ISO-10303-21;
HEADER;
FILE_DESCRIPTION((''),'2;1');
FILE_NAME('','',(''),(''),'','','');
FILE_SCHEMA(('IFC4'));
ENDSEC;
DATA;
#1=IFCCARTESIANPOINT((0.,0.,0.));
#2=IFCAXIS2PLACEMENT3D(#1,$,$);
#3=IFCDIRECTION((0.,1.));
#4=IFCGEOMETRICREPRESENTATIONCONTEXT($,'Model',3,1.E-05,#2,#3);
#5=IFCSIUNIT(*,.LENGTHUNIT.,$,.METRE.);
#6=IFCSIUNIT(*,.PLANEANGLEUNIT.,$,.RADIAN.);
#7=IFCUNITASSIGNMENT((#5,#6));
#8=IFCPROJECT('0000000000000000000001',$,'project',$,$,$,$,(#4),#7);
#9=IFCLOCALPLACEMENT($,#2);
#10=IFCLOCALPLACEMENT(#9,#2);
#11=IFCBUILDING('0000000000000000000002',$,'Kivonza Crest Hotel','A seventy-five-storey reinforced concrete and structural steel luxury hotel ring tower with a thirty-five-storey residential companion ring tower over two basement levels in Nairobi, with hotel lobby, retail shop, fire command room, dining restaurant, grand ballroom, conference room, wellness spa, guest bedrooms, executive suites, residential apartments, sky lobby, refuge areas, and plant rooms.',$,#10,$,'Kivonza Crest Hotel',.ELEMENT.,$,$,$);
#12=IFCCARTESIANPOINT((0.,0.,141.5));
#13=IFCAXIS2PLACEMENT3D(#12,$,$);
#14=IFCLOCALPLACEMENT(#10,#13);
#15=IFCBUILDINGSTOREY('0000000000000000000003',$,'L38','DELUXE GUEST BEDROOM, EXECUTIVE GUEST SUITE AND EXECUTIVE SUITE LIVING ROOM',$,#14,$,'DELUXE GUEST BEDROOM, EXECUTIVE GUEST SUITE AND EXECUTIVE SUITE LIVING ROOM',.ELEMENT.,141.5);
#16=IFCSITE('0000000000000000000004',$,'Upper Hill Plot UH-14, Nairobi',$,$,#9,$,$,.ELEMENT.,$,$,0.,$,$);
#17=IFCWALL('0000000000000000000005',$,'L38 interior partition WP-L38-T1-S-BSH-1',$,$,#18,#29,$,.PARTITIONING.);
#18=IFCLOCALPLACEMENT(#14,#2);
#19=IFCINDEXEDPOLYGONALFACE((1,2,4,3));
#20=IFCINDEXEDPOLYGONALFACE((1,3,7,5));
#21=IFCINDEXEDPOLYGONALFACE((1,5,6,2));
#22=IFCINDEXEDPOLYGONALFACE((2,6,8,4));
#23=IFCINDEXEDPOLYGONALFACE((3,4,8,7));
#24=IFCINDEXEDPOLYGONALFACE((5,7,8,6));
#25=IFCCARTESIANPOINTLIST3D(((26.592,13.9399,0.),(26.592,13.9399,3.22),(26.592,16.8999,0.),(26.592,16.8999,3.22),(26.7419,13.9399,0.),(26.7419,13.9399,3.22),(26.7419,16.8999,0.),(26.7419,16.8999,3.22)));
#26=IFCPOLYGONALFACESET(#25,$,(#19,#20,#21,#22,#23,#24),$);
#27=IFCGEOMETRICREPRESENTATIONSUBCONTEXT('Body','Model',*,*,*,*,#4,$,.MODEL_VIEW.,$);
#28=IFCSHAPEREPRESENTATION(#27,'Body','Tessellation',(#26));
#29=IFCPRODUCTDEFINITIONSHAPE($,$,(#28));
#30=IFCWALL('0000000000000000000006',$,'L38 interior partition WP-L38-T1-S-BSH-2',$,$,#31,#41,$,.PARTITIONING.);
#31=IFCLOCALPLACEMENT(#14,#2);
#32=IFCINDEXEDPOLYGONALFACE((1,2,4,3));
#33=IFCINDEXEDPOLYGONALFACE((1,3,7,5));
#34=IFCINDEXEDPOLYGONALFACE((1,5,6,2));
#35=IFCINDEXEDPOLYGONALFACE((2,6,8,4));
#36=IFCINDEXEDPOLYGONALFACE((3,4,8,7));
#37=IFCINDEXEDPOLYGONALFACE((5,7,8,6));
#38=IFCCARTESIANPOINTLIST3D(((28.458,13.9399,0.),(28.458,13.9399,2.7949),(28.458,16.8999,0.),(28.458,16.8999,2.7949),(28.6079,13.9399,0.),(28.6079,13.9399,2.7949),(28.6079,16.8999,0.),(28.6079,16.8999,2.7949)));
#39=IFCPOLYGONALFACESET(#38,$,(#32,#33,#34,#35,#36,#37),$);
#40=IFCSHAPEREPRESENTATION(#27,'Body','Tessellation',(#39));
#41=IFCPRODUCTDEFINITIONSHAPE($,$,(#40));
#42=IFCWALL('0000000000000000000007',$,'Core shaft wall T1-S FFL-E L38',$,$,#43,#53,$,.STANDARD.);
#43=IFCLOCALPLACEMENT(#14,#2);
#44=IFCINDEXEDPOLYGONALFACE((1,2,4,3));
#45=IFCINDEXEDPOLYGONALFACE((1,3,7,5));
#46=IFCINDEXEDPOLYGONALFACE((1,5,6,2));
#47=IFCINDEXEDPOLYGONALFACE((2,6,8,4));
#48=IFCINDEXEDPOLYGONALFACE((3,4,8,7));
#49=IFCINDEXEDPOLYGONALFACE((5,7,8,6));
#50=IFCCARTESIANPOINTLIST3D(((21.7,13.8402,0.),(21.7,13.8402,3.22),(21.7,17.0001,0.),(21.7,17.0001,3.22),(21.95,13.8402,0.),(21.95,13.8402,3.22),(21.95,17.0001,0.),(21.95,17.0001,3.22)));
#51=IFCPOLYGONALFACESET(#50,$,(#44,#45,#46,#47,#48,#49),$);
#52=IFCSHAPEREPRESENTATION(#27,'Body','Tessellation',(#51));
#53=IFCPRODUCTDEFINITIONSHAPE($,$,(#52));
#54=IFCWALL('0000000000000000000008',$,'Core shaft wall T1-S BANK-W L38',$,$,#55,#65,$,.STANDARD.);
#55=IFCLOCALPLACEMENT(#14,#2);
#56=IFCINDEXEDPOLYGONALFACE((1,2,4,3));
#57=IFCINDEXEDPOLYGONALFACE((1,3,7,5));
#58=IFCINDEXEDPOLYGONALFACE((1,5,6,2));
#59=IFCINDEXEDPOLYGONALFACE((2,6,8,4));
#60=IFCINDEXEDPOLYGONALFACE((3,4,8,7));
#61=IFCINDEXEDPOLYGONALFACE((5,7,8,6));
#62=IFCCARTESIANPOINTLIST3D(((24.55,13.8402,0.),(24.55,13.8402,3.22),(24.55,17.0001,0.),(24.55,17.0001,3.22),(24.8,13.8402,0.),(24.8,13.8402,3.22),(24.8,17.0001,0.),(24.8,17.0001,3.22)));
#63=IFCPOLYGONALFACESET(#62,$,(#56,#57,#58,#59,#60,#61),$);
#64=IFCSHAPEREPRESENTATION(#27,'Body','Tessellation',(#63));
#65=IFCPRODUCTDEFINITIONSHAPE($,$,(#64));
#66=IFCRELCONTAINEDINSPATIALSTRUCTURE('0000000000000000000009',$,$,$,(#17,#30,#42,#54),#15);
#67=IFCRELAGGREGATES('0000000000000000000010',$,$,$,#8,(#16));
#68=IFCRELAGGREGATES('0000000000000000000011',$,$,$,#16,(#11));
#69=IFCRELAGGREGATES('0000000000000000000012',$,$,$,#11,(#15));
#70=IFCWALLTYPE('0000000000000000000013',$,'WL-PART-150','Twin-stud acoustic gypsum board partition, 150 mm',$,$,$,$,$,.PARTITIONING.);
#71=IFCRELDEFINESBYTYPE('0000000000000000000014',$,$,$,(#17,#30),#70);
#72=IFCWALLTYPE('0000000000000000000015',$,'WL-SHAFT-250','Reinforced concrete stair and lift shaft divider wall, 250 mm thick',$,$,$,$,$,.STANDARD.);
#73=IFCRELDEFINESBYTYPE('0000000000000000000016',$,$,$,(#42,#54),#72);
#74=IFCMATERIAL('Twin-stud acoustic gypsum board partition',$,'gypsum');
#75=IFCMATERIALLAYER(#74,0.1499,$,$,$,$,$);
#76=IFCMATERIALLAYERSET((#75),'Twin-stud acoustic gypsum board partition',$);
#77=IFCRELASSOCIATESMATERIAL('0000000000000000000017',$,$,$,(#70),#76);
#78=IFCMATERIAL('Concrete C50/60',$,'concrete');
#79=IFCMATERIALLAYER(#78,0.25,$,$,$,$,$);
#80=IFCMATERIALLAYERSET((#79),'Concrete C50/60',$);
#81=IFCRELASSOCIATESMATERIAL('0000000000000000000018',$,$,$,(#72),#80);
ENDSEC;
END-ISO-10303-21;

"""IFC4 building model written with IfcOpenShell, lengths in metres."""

from ifc_helpers import new_model, si_unit, direction, frame, frame_2d, origin, place, context, subcontext, project, spatial, rectangle, extrude, material, layer, layer_set, type_object, element, save


model = new_model("IFC4")

# Units and contexts
model_context = context("Model", 3, precision=1e-05, world=origin(), true_north=direction((0.0, 1.0)))
body_context = subcontext(model_context, "Body", "Model", "MODEL_VIEW")
ifc_project = project(units=[si_unit("LENGTHUNIT", "METRE"), si_unit("PLANEANGLEUNIT", "RADIAN")], contexts=[model_context])

# Site, building, storey
site_placement = place(None, origin())
site = spatial("IfcSite", under=ifc_project, at=site_placement, Name="Upper Hill Plot UH-14, Nairobi", CompositionType="ELEMENT", RefElevation=0.0)
building_placement = place(site_placement, origin())
building = spatial("IfcBuilding", under=site, at=building_placement, Name="Kivonza Crest Hotel", Description="A seventy-five-storey reinforced concrete and structural steel luxury hotel ring tower with a thirty-five-storey residential companion ring tower over two basement levels in Nairobi, with hotel lobby, retail shop, fire command room, dining restaurant, grand ballroom, conference room, wellness spa, guest bedrooms, executive suites, residential apartments, sky lobby, refuge areas, and plant rooms.", LongName="Kivonza Crest Hotel", CompositionType="ELEMENT")
storey_placement = place(building_placement, frame((0.0, 0.0, 141.5)))
storey = spatial("IfcBuildingStorey", under=building, at=storey_placement, Name="L38", Description="DELUXE GUEST BEDROOM, EXECUTIVE GUEST SUITE AND EXECUTIVE SUITE LIVING ROOM", LongName="DELUXE GUEST BEDROOM, EXECUTIVE GUEST SUITE AND EXECUTIVE SUITE LIVING ROOM", CompositionType="ELEMENT", Elevation=141.5)

# Shared definitions
ifc_material_1 = material(Name="Concrete C50/60", Category="concrete")

# Walls
ifc_material_2 = material(Name="Twin-stud acoustic gypsum board partition", Category="gypsum")
ifc_layer_1 = layer(ifc_material_2, 0.1499)
ifc_layer_set_1 = layer_set([ifc_layer_1], Name="Twin-stud acoustic gypsum board partition")
wall_type_1 = type_object("IfcWallType", Name="WL-PART-150", Description="Twin-stud acoustic gypsum board partition, 150 mm", PredefinedType="PARTITIONING", material=ifc_layer_set_1)
wall_1_placement = place(storey_placement, frame((26.667, 13.9399, 0.0), z_axis=(0.0, 0.0, 1.0), x_axis=(0.0, 1.0, 0.0)))
element("IfcWall", 1, at=wall_1_placement, inside=storey, type_object=wall_type_1, Name="L38 interior partition WP-L38-T1-S-BSH-1", PredefinedType="PARTITIONING", context=body_context, shape_type="SweptSolid", body=[
    extrude(rectangle(XDim=2.96, YDim=0.1499, at=frame_2d((1.48, 0.0))), origin(), (0.0, 0.0, 1.0), 3.22),
])
wall_2_placement = place(storey_placement, frame((28.533, 13.9399, 0.0), z_axis=(0.0, 0.0, 1.0), x_axis=(0.0, 1.0, 0.0)))
element("IfcWall", 2, at=wall_2_placement, inside=storey, type_object=wall_type_1, Name="L38 interior partition WP-L38-T1-S-BSH-2", PredefinedType="PARTITIONING", context=body_context, shape_type="SweptSolid", body=[
    extrude(rectangle(XDim=2.96, YDim=0.1499, at=frame_2d((1.48, 0.0))), origin(), (0.0, 0.0, 1.0), 2.7949),
])

# Shared definitions
ifc_layer_2 = layer(ifc_material_1, 0.25)
ifc_layer_set_2 = layer_set([ifc_layer_2], Name="Concrete C50/60")
wall_type_2 = type_object("IfcWallType", Name="WL-SHAFT-250", Description="Reinforced concrete stair and lift shaft divider wall, 250 mm thick", PredefinedType="STANDARD", material=ifc_layer_set_2)

# Walls
for number, where, z_axis, x_axis, name in (
    (3, (21.825, 13.8401, 0.0), (0.0, 0.0, 1.0), (0.0, 1.0, 0.0), "Core shaft wall T1-S FFL-E L38"),
    (4, (24.675, 13.8401, 0.0), (0.0, 0.0, 1.0), (0.0, 1.0, 0.0), "Core shaft wall T1-S BANK-W L38"),
):
    element("IfcWall", number, at=place(storey_placement, frame(where, z_axis=z_axis, x_axis=x_axis)), inside=storey, type_object=wall_type_2, Name=name, PredefinedType="STANDARD", context=body_context, shape_type="SweptSolid", body=[
        extrude(rectangle(XDim=3.1599, YDim=0.25, at=frame_2d((1.5801, 0.0))), origin(), (0.0, 0.0, 1.0), 3.22),
    ])

save(model, "model.ifc")
